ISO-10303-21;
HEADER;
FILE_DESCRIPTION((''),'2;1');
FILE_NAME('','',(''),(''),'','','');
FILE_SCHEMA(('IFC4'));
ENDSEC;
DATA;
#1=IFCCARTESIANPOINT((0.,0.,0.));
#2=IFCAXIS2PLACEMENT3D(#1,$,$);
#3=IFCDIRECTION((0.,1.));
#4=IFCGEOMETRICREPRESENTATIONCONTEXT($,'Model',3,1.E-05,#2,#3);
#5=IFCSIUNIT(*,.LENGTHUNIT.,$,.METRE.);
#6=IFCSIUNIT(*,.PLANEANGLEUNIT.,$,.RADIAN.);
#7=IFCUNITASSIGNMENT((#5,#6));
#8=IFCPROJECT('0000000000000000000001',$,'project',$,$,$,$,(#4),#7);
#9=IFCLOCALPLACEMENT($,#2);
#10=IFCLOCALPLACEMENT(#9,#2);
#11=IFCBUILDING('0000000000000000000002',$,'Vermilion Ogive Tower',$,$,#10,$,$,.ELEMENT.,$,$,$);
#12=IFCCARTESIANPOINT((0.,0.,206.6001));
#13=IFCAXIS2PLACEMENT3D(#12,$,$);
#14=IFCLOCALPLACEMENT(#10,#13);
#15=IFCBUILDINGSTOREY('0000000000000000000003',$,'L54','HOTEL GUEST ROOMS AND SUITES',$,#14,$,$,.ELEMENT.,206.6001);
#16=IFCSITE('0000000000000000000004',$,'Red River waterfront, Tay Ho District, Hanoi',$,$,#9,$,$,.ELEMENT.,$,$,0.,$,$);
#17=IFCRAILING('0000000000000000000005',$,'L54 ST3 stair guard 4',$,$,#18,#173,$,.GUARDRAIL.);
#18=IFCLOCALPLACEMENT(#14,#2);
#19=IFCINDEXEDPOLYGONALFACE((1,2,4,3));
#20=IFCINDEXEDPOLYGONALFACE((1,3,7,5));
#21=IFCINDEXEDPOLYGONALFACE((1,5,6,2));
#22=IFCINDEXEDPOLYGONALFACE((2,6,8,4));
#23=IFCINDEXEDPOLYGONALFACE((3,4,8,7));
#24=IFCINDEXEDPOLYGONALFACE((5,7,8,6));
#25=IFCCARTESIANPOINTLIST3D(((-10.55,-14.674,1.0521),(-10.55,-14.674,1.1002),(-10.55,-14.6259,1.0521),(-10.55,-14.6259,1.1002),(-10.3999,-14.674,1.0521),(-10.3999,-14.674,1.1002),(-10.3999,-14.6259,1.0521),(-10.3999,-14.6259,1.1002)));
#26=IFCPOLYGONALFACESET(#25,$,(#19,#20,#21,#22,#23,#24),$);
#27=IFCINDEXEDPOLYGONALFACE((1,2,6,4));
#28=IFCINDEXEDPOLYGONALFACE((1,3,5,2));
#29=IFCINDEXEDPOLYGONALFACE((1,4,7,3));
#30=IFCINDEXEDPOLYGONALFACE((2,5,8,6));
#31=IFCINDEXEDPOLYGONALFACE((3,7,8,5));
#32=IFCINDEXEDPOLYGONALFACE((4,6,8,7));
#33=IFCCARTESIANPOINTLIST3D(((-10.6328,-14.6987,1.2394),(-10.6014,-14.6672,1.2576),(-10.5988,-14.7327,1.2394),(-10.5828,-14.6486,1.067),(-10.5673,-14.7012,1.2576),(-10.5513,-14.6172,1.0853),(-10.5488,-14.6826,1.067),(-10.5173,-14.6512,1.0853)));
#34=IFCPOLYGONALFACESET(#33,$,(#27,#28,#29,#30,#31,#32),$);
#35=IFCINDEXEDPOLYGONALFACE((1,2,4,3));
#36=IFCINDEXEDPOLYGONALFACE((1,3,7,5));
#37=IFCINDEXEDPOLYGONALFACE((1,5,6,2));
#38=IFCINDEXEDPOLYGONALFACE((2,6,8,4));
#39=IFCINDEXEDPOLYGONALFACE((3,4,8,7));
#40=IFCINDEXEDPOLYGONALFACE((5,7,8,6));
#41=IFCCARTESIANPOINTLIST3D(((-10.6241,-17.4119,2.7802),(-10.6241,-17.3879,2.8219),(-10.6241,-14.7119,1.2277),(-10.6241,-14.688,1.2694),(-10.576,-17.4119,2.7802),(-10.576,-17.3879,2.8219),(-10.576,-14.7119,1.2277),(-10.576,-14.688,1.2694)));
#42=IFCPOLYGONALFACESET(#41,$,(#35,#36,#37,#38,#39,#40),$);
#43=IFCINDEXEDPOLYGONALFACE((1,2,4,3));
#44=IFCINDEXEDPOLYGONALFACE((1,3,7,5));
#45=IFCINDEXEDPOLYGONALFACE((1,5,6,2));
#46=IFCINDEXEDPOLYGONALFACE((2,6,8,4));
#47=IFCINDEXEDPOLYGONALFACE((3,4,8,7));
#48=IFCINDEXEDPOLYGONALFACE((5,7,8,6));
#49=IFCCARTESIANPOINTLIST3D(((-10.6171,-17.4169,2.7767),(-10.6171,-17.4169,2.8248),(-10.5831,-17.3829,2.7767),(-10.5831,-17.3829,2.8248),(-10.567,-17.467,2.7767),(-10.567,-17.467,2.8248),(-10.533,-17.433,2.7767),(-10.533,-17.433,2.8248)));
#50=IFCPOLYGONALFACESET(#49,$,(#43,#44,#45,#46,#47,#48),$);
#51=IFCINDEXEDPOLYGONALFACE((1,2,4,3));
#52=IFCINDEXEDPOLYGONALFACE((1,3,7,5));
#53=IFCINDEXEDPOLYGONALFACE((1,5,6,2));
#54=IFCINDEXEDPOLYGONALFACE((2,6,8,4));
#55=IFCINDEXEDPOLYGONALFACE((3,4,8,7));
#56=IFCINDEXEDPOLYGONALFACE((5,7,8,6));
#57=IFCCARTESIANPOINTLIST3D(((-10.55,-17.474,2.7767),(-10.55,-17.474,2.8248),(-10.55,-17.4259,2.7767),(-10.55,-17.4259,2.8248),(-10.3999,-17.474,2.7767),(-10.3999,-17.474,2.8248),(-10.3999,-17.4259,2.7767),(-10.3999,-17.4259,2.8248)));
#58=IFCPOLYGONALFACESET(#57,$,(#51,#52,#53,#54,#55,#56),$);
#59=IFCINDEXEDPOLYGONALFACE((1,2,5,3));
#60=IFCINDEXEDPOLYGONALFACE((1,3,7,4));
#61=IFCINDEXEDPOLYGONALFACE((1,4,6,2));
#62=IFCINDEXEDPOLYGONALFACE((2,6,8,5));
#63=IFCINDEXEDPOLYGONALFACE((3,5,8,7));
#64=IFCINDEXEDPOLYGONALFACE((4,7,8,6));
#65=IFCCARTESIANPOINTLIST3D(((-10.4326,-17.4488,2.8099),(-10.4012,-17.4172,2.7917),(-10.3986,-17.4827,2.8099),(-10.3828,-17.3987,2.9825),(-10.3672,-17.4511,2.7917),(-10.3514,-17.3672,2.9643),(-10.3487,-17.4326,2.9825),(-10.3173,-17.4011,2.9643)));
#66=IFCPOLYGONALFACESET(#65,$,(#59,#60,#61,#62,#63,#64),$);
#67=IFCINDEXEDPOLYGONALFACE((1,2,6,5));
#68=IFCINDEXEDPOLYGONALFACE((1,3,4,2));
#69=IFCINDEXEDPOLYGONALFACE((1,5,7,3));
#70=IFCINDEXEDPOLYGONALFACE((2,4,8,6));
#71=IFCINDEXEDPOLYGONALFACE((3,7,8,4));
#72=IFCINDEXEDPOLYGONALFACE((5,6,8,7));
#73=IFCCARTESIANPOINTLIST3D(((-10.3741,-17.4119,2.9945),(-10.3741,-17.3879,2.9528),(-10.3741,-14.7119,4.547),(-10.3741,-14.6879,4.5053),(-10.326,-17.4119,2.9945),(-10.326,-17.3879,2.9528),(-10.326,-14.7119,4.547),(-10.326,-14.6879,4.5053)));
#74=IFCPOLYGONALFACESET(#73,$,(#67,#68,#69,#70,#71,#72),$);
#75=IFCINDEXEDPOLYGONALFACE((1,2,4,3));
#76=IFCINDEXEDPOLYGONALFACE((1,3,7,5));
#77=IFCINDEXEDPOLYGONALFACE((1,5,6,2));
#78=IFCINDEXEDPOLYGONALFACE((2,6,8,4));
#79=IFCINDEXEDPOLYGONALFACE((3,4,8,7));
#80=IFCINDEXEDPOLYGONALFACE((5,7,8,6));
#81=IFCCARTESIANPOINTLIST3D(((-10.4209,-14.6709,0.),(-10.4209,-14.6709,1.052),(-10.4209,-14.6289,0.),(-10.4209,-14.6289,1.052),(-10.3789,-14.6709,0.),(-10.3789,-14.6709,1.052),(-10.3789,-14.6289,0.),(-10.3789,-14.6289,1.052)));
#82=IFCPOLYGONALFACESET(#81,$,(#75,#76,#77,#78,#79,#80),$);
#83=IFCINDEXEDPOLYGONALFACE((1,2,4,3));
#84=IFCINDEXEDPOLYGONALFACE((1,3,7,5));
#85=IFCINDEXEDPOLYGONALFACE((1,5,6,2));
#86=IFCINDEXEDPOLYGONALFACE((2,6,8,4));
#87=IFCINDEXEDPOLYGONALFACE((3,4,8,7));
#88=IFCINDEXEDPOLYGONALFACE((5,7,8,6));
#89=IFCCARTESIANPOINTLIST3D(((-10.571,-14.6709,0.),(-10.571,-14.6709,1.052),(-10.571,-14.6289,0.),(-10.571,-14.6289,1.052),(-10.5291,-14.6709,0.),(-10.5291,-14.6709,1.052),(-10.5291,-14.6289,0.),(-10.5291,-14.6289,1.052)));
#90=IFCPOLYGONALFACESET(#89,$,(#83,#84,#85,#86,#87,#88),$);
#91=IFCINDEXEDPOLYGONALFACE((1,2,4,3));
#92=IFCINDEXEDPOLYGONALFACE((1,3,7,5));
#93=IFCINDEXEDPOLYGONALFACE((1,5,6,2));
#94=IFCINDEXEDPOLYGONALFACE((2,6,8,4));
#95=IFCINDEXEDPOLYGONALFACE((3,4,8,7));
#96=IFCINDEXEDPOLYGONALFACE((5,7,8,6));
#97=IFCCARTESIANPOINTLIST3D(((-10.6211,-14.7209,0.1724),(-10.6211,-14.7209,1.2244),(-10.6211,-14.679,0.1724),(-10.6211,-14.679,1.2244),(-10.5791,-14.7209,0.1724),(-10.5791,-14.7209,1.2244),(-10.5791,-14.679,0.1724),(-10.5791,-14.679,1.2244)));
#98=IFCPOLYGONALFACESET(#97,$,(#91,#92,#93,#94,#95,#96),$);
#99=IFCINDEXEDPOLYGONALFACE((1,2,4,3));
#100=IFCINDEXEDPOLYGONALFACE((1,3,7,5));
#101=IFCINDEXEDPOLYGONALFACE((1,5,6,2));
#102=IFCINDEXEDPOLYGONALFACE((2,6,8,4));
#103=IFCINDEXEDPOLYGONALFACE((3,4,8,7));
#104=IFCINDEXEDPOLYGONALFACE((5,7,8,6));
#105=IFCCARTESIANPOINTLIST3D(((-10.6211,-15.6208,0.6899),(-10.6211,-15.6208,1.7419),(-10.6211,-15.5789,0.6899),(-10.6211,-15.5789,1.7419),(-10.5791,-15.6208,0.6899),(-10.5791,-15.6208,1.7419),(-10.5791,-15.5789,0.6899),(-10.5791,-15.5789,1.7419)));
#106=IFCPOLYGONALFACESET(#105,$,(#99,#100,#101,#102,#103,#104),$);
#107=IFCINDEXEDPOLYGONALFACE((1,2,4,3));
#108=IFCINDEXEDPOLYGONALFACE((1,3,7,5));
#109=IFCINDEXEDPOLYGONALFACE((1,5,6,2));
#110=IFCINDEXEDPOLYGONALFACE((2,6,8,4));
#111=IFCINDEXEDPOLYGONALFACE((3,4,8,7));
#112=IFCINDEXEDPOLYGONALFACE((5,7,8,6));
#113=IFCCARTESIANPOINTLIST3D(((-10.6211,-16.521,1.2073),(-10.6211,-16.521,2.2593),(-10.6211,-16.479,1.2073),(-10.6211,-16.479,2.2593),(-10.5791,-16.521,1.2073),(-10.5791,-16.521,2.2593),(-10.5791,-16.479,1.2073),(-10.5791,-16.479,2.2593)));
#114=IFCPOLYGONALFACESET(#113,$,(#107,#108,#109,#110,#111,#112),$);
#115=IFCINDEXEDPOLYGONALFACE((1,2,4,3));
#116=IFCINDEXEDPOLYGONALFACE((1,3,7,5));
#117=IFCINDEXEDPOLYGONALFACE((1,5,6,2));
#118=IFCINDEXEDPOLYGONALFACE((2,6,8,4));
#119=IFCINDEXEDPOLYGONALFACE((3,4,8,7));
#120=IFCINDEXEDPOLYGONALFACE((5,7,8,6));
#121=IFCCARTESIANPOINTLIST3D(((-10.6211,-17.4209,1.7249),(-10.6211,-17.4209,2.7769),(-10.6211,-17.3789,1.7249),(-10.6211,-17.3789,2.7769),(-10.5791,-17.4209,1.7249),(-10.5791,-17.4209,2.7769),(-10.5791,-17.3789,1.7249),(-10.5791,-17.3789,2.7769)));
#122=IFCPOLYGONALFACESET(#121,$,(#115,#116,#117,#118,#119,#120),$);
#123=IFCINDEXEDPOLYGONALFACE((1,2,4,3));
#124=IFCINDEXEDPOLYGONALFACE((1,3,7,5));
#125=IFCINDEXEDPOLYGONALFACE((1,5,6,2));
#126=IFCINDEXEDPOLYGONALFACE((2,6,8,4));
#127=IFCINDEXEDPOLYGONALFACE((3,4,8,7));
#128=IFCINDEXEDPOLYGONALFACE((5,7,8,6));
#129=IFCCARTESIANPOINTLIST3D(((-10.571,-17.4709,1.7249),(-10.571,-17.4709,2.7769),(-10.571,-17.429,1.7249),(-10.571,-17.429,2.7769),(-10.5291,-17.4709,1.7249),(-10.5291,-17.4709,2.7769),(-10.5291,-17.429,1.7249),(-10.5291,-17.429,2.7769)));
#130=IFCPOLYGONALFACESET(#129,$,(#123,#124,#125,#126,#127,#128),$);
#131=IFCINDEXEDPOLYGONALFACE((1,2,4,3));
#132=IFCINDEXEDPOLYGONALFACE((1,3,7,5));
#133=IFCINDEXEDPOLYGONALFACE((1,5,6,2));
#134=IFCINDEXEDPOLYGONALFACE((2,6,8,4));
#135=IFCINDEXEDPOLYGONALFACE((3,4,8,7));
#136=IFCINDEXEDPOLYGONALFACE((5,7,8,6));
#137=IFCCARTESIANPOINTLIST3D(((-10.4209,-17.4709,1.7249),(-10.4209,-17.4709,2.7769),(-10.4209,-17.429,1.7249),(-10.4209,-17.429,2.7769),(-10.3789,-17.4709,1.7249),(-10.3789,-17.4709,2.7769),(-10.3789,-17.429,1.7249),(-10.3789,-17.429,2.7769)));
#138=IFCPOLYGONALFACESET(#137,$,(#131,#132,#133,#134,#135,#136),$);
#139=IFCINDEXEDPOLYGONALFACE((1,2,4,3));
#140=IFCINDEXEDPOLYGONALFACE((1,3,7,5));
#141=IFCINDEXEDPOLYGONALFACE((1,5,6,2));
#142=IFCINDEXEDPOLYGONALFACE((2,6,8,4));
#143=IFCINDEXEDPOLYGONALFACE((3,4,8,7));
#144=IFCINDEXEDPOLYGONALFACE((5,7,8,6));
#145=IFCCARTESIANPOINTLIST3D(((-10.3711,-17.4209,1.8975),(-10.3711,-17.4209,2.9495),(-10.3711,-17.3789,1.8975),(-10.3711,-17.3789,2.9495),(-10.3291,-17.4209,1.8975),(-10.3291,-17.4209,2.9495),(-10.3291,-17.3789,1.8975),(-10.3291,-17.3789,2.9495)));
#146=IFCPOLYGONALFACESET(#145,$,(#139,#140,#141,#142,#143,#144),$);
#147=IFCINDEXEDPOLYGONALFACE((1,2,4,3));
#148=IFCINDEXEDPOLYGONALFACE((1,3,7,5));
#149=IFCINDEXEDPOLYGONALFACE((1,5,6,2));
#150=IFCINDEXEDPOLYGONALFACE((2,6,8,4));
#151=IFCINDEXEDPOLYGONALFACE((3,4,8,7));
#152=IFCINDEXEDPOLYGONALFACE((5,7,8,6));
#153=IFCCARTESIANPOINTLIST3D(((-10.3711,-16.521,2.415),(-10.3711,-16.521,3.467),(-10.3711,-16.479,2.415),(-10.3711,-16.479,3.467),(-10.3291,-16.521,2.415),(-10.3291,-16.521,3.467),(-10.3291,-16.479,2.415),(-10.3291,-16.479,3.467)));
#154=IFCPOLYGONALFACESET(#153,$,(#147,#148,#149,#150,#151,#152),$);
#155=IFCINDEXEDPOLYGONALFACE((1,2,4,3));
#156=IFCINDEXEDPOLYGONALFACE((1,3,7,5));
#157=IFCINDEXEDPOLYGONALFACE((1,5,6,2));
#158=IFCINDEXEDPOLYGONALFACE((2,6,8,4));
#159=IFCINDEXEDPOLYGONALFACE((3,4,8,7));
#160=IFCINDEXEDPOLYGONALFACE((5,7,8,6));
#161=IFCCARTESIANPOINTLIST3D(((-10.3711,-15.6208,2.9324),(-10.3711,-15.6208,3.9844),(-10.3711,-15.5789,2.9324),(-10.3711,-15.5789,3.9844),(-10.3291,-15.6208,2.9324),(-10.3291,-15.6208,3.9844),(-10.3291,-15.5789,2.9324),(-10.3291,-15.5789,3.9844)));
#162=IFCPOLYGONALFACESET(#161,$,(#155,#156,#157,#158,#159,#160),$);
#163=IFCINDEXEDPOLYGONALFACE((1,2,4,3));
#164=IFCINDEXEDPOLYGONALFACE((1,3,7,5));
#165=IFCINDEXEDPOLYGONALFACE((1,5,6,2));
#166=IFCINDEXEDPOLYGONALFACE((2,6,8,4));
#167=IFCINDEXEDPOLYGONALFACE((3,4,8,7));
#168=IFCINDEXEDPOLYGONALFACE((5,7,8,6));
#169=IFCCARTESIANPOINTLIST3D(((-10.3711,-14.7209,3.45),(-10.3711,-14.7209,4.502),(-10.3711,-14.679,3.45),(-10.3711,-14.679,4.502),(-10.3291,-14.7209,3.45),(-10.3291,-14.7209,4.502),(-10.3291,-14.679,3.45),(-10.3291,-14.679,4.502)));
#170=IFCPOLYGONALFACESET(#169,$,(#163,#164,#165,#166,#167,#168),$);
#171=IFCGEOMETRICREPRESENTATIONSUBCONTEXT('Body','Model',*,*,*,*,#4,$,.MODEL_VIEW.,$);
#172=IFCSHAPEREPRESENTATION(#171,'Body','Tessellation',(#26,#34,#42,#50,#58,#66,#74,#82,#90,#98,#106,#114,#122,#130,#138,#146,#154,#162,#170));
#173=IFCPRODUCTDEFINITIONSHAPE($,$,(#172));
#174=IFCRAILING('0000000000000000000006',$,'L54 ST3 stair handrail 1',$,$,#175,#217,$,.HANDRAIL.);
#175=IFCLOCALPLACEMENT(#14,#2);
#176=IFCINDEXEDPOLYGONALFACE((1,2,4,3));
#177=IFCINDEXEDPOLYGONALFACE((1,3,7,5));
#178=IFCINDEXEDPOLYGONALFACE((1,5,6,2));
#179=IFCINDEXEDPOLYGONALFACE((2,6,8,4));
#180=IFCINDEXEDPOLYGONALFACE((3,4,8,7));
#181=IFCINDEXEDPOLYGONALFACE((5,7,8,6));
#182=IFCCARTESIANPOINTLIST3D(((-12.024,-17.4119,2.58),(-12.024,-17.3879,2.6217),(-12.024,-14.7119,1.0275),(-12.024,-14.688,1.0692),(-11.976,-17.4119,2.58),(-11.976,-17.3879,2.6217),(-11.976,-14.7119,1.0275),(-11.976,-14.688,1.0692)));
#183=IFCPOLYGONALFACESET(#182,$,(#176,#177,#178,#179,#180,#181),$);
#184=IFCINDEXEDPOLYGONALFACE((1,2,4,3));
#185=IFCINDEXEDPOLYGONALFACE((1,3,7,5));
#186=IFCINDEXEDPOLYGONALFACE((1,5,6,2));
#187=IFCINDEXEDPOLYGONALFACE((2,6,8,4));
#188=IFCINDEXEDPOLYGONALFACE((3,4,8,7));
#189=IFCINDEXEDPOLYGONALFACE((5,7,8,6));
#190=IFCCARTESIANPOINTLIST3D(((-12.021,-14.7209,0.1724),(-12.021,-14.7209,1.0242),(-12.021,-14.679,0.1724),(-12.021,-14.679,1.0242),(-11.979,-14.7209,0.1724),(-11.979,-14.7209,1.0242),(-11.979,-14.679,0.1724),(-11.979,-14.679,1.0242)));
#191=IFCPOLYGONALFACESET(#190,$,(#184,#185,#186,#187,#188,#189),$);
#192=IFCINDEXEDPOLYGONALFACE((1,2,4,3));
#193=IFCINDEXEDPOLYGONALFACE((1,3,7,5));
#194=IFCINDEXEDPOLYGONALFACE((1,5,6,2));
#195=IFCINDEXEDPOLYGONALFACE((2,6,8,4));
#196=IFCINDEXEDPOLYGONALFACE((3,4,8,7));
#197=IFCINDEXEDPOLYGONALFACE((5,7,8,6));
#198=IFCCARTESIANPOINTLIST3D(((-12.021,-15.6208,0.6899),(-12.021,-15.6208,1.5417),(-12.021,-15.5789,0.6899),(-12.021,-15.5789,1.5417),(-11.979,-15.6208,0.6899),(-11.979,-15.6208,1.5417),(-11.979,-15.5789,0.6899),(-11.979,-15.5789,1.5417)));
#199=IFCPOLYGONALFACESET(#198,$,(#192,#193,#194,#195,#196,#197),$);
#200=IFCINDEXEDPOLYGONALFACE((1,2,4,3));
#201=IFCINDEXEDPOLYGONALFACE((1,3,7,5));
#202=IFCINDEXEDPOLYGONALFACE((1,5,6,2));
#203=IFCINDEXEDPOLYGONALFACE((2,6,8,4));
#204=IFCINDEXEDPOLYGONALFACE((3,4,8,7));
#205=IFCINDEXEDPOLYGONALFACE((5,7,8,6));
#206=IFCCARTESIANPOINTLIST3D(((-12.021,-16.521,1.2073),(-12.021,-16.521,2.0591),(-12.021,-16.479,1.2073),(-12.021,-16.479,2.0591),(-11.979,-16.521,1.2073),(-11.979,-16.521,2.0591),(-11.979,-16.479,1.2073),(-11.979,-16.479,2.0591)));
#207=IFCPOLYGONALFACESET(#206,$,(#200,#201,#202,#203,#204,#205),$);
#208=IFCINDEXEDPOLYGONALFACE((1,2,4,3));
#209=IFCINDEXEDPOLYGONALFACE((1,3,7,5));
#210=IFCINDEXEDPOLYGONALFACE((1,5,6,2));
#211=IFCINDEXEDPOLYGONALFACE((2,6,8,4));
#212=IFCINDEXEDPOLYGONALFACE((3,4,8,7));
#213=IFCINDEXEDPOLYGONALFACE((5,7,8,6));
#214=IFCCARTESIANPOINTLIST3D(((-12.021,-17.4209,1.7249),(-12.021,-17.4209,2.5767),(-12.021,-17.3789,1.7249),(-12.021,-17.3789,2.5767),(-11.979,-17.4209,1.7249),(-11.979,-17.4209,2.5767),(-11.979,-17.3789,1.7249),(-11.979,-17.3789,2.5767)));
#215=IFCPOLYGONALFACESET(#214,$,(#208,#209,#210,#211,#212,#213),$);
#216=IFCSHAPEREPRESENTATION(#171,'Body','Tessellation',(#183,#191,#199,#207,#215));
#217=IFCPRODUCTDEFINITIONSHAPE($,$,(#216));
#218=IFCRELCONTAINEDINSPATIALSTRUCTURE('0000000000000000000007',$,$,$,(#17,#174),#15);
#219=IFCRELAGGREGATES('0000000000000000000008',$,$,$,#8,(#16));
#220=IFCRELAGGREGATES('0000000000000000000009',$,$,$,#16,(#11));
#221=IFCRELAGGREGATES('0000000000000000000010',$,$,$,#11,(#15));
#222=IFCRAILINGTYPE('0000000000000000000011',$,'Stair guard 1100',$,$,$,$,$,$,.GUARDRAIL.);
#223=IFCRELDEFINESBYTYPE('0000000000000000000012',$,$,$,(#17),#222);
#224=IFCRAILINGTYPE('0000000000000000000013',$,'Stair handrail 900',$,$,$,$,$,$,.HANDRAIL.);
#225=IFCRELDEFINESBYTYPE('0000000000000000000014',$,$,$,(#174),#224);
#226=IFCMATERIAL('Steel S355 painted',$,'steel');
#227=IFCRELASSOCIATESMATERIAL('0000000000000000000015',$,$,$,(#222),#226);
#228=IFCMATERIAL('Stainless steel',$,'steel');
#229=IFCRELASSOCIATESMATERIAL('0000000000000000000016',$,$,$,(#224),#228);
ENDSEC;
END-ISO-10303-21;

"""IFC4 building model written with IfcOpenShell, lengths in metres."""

from ifc_helpers import new_model, si_unit, direction, frame, origin, origin_2d, place, context, subcontext, project, spatial, rectangle, extrude, material, type_object, element, save


model = new_model("IFC4")

# Units and contexts
model_context = context("Model", 3, precision=1e-05, world=origin(), true_north=direction((0.0, 1.0)))
body_context = subcontext(model_context, "Body", "Model", "MODEL_VIEW")
ifc_project = project(units=[si_unit("LENGTHUNIT", "METRE"), si_unit("PLANEANGLEUNIT", "RADIAN")], contexts=[model_context])

# Site, building, storey
site_placement = place(None, origin())
site = spatial("IfcSite", under=ifc_project, at=site_placement, Name="Red River waterfront, Tay Ho District, Hanoi", CompositionType="ELEMENT", RefElevation=0.0)
building_placement = place(site_placement, origin())
building = spatial("IfcBuilding", under=site, at=building_placement, Name="Vermilion Ogive Tower", CompositionType="ELEMENT")
storey_placement = place(building_placement, frame((0.0, 0.0, 206.6001)))
storey = spatial("IfcBuildingStorey", under=building, at=storey_placement, Name="L54", Description="HOTEL GUEST ROOMS AND SUITES", CompositionType="ELEMENT", Elevation=206.6001)

# Railings
ifc_material_1 = material(Name="Steel S355 painted", Category="steel")
railing_type_1 = type_object("IfcRailingType", Name="Stair guard 1100", PredefinedType="GUARDRAIL", material=ifc_material_1)
railing_1_placement = place(storey_placement, frame((-10.3999, -14.6499, 0.0)))
element("IfcRailing", 1, at=railing_1_placement, inside=storey, type_object=railing_type_1, Name="L54 ST3 stair guard 4", PredefinedType="GUARDRAIL", context=body_context, shape_type="SweptSolid", body=[
    extrude(rectangle(XDim=0.0481, YDim=0.0481, at=origin_2d()), frame((0.0, 0.0, 1.0762), z_axis=(-1.0, 0.0, 0.0), x_axis=(0.0, -1.0, 0.0)), (0.0, 0.0, 1.0), 0.1501),
    extrude(rectangle(XDim=0.0481, YDim=0.0481, at=origin_2d()), frame((-0.1501, 0.0, 1.0762), z_axis=(-0.268603, -0.268603, 0.925043), x_axis=(0.707107, -0.707107, 0.0)), (0.0, 0.0, 1.0), 0.1863),
    extrude(rectangle(XDim=0.0481, YDim=0.0481, at=origin_2d()), frame((-0.2002, -0.05, 1.2485), z_axis=(0.0, -0.866904, 0.498476), x_axis=(1.0, 0.0, 0.0)), (0.0, 0.0, 1.0), 3.1145),
    extrude(rectangle(XDim=0.0481, YDim=0.0481, at=origin_2d()), frame((-0.2002, -2.75, 2.8008), z_axis=(0.707107, -0.707107, 0.0), x_axis=(0.707107, 0.707107, 0.0)), (0.0, 0.0, 1.0), 0.0708),
    extrude(rectangle(XDim=0.0481, YDim=0.0481, at=origin_2d()), frame((-0.1501, -2.8, 2.8008), z_axis=(1.0, 0.0, 0.0), x_axis=(0.0, 1.0, 0.0)), (0.0, 0.0, 1.0), 0.1501),
    extrude(rectangle(XDim=0.0481, YDim=0.0481, at=origin_2d()), frame((0.0, -2.8, 2.8008), z_axis=(0.267063, 0.268372, 0.925556), x_axis=(-0.708834, 0.705376, 0.0)), (0.0, 0.0, 1.0), 0.1865),
    extrude(rectangle(XDim=0.0481, YDim=0.0481, at=origin_2d()), frame((0.0498, -2.75, 2.9736), z_axis=(0.0, 0.866904, 0.498476), x_axis=(-1.0, 0.0, 0.0)), (0.0, 0.0, 1.0), 3.1145),
    extrude(rectangle(XDim=0.042, YDim=0.042, at=origin_2d()), origin(), (0.0, 0.0, 1.0), 1.052),
    extrude(rectangle(XDim=0.042, YDim=0.042, at=origin_2d()), frame((-0.1501, 0.0, 0.0)), (0.0, 0.0, 1.0), 1.052),
    extrude(rectangle(XDim=0.042, YDim=0.042, at=origin_2d()), frame((-0.2002, -0.05, 0.1724)), (0.0, 0.0, 1.0), 1.052),
    extrude(rectangle(XDim=0.042, YDim=0.042, at=origin_2d()), frame((-0.2002, -0.95, 0.6899)), (0.0, 0.0, 1.0), 1.052),
    extrude(rectangle(XDim=0.042, YDim=0.042, at=origin_2d()), frame((-0.2002, -1.8501, 1.2073)), (0.0, 0.0, 1.0), 1.052),
    extrude(rectangle(XDim=0.042, YDim=0.042, at=origin_2d()), frame((-0.2002, -2.75, 1.7249)), (0.0, 0.0, 1.0), 1.052),
    extrude(rectangle(XDim=0.042, YDim=0.042, at=origin_2d()), frame((-0.1501, -2.8, 1.7249)), (0.0, 0.0, 1.0), 1.052),
    extrude(rectangle(XDim=0.042, YDim=0.042, at=origin_2d()), frame((0.0, -2.8, 1.7249)), (0.0, 0.0, 1.0), 1.052),
    extrude(rectangle(XDim=0.042, YDim=0.042, at=origin_2d()), frame((0.0498, -2.75, 1.8975)), (0.0, 0.0, 1.0), 1.052),
    extrude(rectangle(XDim=0.042, YDim=0.042, at=origin_2d()), frame((0.0498, -1.8501, 2.415)), (0.0, 0.0, 1.0), 1.052),
    extrude(rectangle(XDim=0.042, YDim=0.042, at=origin_2d()), frame((0.0498, -0.95, 2.9324)), (0.0, 0.0, 1.0), 1.052),
    extrude(rectangle(XDim=0.042, YDim=0.042, at=origin_2d()), frame((0.0498, -0.05, 3.45)), (0.0, 0.0, 1.0), 1.052),
])
ifc_material_2 = material(Name="Stainless steel", Category="steel")
railing_type_2 = type_object("IfcRailingType", Name="Stair handrail 900", PredefinedType="HANDRAIL", material=ifc_material_2)
railing_2_placement = place(storey_placement, frame((-12.0, -14.7, 0.1724)))
element("IfcRailing", 2, at=railing_2_placement, inside=storey, type_object=railing_type_2, Name="L54 ST3 stair handrail 1", PredefinedType="HANDRAIL", context=body_context, shape_type="SweptSolid", body=[
    extrude(rectangle(XDim=0.0481, YDim=0.0481, at=origin_2d()), frame((0.0, 0.0, 0.876), z_axis=(0.0, -0.866904, 0.498476), x_axis=(1.0, 0.0, 0.0)), (0.0, 0.0, 1.0), 3.1145),
    extrude(rectangle(XDim=0.042, YDim=0.042, at=origin_2d()), origin(), (0.0, 0.0, 1.0), 0.8518),
    extrude(rectangle(XDim=0.042, YDim=0.042, at=origin_2d()), frame((0.0, -0.8999, 0.5176)), (0.0, 0.0, 1.0), 0.8518),
    extrude(rectangle(XDim=0.042, YDim=0.042, at=origin_2d()), frame((0.0, -1.8, 1.0349)), (0.0, 0.0, 1.0), 0.8518),
    extrude(rectangle(XDim=0.042, YDim=0.042, at=origin_2d()), frame((0.0, -2.7, 1.5525)), (0.0, 0.0, 1.0), 0.8518),
])

save(model, "model.ifc")
